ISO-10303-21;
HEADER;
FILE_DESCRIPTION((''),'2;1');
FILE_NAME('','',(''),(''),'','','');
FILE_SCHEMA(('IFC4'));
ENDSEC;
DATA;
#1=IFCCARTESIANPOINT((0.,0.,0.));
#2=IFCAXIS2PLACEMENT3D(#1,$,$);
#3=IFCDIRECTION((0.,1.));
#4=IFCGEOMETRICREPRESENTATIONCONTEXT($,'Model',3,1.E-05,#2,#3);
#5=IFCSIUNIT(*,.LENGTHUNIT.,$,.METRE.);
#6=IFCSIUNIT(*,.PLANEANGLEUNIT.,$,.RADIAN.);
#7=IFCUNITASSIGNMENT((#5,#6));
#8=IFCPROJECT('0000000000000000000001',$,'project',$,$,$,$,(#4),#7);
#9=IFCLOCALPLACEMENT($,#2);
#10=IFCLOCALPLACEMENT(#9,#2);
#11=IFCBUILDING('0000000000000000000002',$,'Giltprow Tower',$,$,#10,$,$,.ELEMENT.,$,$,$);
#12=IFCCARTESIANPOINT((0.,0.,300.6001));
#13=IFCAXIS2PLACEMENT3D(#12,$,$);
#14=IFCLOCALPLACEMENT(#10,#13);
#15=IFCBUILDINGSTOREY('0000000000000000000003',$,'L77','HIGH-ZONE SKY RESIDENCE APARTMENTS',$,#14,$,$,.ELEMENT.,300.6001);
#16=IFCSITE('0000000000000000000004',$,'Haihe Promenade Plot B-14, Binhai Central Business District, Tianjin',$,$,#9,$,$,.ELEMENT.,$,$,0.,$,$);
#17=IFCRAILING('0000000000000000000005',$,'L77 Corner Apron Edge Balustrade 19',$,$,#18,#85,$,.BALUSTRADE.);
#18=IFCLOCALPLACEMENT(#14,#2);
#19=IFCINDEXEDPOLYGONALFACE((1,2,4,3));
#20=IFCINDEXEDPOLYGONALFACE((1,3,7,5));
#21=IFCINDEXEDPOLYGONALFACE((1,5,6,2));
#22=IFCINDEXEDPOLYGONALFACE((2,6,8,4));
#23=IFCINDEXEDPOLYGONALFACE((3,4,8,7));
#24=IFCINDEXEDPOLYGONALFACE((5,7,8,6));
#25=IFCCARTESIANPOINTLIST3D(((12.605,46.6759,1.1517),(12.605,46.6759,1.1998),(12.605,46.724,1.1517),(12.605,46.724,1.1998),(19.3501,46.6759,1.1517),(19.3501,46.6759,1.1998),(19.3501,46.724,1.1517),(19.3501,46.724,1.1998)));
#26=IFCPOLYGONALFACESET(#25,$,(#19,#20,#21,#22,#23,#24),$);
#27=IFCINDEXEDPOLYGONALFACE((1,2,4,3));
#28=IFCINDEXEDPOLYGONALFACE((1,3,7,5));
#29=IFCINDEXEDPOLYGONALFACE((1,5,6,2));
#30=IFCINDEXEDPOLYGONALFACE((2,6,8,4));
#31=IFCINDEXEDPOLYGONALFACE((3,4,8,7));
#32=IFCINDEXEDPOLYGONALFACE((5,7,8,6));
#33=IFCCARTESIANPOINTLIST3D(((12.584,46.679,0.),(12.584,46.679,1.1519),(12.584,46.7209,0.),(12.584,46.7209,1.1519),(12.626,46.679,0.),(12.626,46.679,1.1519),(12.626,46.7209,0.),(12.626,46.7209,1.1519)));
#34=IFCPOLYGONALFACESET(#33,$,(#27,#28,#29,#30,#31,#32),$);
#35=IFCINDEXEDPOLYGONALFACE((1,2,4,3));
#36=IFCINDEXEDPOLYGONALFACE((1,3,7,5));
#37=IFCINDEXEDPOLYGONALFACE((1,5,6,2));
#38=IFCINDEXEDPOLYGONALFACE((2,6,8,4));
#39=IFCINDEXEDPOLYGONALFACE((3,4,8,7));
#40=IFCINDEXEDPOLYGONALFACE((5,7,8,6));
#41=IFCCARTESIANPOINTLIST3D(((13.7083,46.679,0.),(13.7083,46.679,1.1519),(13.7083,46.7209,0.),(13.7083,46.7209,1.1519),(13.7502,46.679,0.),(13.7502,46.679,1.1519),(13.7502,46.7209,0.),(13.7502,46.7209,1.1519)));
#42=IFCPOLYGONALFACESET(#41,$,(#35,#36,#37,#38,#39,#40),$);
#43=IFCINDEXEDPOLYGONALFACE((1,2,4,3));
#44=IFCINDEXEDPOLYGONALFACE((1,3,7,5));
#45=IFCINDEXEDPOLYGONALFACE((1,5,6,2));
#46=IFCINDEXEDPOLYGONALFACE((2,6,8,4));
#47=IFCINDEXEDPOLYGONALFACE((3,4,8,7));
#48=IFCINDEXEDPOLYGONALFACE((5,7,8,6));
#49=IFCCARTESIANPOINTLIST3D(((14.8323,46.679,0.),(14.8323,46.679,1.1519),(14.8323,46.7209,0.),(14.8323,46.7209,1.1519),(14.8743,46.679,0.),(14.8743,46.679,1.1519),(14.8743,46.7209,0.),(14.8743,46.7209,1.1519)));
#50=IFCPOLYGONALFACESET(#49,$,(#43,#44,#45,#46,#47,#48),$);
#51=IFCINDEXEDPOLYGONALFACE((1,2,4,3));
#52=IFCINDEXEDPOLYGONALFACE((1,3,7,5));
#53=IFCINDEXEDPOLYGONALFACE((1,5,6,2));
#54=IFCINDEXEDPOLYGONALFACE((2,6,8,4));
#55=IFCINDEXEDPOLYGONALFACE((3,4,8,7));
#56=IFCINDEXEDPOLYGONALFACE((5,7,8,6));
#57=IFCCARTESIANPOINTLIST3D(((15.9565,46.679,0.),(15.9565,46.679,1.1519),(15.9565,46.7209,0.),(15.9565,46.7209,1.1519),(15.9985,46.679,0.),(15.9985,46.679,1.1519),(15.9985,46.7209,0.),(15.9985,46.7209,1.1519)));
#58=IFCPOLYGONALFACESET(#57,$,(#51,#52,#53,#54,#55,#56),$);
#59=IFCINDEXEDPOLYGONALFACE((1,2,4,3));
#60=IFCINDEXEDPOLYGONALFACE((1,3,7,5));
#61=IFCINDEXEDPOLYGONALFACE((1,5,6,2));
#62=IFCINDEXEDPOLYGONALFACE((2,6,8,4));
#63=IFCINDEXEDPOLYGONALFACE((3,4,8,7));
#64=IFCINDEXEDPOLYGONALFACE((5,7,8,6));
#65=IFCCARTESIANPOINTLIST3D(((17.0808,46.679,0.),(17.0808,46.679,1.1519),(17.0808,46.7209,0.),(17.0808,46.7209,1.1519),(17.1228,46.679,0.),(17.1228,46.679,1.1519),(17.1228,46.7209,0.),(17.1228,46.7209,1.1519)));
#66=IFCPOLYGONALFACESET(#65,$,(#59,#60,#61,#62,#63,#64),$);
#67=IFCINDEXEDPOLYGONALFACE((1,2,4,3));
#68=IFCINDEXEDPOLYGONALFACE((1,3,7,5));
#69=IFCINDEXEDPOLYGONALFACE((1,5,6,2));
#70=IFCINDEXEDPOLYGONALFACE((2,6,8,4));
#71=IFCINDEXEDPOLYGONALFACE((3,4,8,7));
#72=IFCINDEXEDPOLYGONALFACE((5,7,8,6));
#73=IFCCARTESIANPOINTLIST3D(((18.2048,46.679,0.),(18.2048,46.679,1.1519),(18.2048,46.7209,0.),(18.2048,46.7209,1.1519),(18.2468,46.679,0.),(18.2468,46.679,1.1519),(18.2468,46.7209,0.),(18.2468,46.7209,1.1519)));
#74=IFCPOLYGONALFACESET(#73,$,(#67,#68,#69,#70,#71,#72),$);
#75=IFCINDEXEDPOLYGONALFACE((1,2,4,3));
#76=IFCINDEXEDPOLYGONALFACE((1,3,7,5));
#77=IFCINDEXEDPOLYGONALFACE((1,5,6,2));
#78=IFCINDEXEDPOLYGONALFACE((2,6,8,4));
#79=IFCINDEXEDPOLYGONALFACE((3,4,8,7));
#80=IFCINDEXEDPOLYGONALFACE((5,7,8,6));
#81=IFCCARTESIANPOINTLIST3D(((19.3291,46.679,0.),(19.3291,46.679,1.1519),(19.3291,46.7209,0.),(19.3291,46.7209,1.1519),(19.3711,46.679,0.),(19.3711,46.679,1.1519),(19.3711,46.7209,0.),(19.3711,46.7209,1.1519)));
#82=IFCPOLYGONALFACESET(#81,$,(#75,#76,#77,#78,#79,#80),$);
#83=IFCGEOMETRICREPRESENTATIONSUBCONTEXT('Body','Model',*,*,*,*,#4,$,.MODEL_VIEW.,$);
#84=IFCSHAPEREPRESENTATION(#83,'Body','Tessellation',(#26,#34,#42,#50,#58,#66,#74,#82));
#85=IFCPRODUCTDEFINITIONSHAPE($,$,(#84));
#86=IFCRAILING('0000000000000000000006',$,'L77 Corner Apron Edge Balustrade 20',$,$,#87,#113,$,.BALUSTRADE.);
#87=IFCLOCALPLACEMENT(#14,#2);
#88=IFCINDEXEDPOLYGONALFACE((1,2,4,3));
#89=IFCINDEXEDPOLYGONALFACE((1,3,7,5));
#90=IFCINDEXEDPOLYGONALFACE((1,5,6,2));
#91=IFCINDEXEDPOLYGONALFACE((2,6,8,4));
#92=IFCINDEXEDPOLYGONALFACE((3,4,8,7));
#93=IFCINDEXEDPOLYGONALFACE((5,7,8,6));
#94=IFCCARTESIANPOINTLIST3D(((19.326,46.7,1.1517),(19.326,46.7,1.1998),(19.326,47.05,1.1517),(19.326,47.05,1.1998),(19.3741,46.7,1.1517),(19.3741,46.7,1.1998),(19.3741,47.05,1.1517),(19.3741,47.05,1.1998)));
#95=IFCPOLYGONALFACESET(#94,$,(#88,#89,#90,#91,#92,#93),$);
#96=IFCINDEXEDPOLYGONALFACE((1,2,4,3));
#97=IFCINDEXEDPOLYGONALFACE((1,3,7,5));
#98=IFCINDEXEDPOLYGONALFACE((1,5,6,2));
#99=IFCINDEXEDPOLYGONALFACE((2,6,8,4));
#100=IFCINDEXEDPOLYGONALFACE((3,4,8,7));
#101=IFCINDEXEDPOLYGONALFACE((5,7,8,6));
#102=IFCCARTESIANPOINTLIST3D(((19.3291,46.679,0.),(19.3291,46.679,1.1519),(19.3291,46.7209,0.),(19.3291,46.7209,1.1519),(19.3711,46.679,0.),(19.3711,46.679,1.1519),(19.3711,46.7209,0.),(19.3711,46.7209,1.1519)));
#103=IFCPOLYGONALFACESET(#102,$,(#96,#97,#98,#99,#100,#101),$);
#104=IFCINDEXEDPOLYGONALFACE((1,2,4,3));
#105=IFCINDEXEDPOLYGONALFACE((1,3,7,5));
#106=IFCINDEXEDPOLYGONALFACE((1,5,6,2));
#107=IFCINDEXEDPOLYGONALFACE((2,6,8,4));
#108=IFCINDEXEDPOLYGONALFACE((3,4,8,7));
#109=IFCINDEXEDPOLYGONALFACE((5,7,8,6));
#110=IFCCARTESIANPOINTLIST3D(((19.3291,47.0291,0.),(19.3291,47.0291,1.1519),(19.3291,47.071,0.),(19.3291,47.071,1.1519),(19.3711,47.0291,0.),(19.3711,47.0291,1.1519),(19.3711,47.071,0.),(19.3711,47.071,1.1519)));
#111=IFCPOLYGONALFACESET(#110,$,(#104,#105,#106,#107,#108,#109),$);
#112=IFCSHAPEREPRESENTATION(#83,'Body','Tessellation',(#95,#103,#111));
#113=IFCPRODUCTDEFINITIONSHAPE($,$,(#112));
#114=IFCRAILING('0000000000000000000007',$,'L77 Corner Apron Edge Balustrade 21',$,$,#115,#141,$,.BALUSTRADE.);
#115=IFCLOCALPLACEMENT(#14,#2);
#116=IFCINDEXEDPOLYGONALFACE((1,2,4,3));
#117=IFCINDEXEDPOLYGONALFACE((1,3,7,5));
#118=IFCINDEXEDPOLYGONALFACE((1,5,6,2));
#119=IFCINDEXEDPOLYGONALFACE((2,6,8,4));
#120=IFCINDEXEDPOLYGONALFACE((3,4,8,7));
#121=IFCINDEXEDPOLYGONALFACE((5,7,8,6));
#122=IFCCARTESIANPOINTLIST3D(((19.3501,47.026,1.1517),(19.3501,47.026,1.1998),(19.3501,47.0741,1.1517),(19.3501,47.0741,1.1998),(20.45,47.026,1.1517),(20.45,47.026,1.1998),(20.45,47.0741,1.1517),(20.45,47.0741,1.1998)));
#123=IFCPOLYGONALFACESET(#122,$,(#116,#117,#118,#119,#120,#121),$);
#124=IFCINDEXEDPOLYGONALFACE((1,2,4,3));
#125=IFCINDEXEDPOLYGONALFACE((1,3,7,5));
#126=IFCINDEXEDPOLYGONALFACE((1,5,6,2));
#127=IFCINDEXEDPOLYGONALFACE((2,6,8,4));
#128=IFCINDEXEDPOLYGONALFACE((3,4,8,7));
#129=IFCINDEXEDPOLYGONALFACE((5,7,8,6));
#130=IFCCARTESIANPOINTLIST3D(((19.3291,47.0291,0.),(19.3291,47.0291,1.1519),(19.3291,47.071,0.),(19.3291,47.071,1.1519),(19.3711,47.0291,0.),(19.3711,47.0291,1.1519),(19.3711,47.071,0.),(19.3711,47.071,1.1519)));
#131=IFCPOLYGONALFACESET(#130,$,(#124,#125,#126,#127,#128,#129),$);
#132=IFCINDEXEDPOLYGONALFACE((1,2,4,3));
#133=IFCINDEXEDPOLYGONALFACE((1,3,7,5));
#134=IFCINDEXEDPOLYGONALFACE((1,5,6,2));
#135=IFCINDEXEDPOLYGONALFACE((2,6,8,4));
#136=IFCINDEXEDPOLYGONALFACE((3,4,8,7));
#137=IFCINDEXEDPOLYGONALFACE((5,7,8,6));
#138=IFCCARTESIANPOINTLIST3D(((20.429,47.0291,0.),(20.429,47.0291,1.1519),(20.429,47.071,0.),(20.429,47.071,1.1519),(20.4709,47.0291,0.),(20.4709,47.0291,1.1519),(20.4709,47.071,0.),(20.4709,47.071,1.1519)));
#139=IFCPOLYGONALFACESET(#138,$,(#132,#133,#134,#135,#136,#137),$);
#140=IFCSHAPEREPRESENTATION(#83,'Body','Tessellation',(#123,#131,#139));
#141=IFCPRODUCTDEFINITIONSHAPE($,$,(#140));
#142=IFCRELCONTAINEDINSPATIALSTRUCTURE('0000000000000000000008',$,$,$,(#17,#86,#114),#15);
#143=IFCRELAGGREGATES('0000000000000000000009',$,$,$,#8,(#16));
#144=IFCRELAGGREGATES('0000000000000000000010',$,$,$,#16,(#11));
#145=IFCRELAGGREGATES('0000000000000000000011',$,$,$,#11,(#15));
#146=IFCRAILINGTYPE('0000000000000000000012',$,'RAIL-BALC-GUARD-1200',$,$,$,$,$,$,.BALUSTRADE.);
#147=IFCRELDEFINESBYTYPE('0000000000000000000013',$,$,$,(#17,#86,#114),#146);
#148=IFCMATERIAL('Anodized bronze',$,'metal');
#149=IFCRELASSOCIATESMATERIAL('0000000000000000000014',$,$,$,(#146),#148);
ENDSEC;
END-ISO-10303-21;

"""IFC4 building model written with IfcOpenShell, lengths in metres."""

from ifc_helpers import new_model, si_unit, direction, frame, origin, origin_2d, place, context, subcontext, project, spatial, rectangle, extrude, material, type_object, element, save


model = new_model("IFC4")

# Units and contexts
model_context = context("Model", 3, precision=1e-05, world=origin(), true_north=direction((0.0, 1.0)))
body_context = subcontext(model_context, "Body", "Model", "MODEL_VIEW")
ifc_project = project(units=[si_unit("LENGTHUNIT", "METRE"), si_unit("PLANEANGLEUNIT", "RADIAN")], contexts=[model_context])

# Site, building, storey
site_placement = place(None, origin())
site = spatial("IfcSite", under=ifc_project, at=site_placement, Name="Haihe Promenade Plot B-14, Binhai Central Business District, Tianjin", CompositionType="ELEMENT", RefElevation=0.0)
building_placement = place(site_placement, origin())
building = spatial("IfcBuilding", under=site, at=building_placement, Name="Giltprow Tower", CompositionType="ELEMENT")
storey_placement = place(building_placement, frame((0.0, 0.0, 300.6001)))
storey = spatial("IfcBuildingStorey", under=building, at=storey_placement, Name="L77", Description="HIGH-ZONE SKY RESIDENCE APARTMENTS", CompositionType="ELEMENT", Elevation=300.6001)

# Railings
ifc_material_1 = material(Name="Anodized bronze", Category="metal")
railing_type = type_object("IfcRailingType", Name="RAIL-BALC-GUARD-1200", PredefinedType="BALUSTRADE", material=ifc_material_1)
railing_1_placement = place(storey_placement, frame((12.605, 46.7, 0.0)))
element("IfcRailing", 1, at=railing_1_placement, inside=storey, type_object=railing_type, Name="L77 Corner Apron Edge Balustrade 19", PredefinedType="BALUSTRADE", context=body_context, shape_type="SweptSolid", body=[
    extrude(rectangle(XDim=0.0481, YDim=0.0481, at=origin_2d()), frame((0.0, 0.0, 1.1758), z_axis=(1.0, 0.0, 0.0), x_axis=(0.0, 1.0, 0.0)), (0.0, 0.0, 1.0), 6.7451),
    extrude(rectangle(XDim=0.042, YDim=0.042, at=origin_2d()), origin(), (0.0, 0.0, 1.0), 1.1519),
    extrude(rectangle(XDim=0.042, YDim=0.042, at=origin_2d()), frame((1.1243, 0.0, 0.0)), (0.0, 0.0, 1.0), 1.1519),
    extrude(rectangle(XDim=0.042, YDim=0.042, at=origin_2d()), frame((2.2483, 0.0, 0.0)), (0.0, 0.0, 1.0), 1.1519),
    extrude(rectangle(XDim=0.042, YDim=0.042, at=origin_2d()), frame((3.3726, 0.0, 0.0)), (0.0, 0.0, 1.0), 1.1519),
    extrude(rectangle(XDim=0.042, YDim=0.042, at=origin_2d()), frame((4.4968, 0.0, 0.0)), (0.0, 0.0, 1.0), 1.1519),
    extrude(rectangle(XDim=0.042, YDim=0.042, at=origin_2d()), frame((5.6208, 0.0, 0.0)), (0.0, 0.0, 1.0), 1.1519),
    extrude(rectangle(XDim=0.042, YDim=0.042, at=origin_2d()), frame((6.7451, 0.0, 0.0)), (0.0, 0.0, 1.0), 1.1519),
])
railing_2_placement = place(storey_placement, frame((19.3501, 46.7, 0.0)))
element("IfcRailing", 2, at=railing_2_placement, inside=storey, type_object=railing_type, Name="L77 Corner Apron Edge Balustrade 20", PredefinedType="BALUSTRADE", context=body_context, shape_type="SweptSolid", body=[
    extrude(rectangle(XDim=0.0481, YDim=0.0481, at=origin_2d()), frame((0.0, 0.0, 1.1758), z_axis=(0.0, 1.0, 0.0), x_axis=(-1.0, 0.0, 0.0)), (0.0, 0.0, 1.0), 0.3501),
    extrude(rectangle(XDim=0.042, YDim=0.042, at=origin_2d()), origin(), (0.0, 0.0, 1.0), 1.1519),
    extrude(rectangle(XDim=0.042, YDim=0.042, at=origin_2d()), frame((0.0, 0.3501, 0.0)), (0.0, 0.0, 1.0), 1.1519),
])
railing_3_placement = place(storey_placement, frame((19.3501, 47.05, 0.0)))
element("IfcRailing", 3, at=railing_3_placement, inside=storey, type_object=railing_type, Name="L77 Corner Apron Edge Balustrade 21", PredefinedType="BALUSTRADE", context=body_context, shape_type="SweptSolid", body=[
    extrude(rectangle(XDim=0.0481, YDim=0.0481, at=origin_2d()), frame((0.0, 0.0, 1.1758), z_axis=(1.0, 0.0, 0.0), x_axis=(0.0, 1.0, 0.0)), (0.0, 0.0, 1.0), 1.0999),
    extrude(rectangle(XDim=0.042, YDim=0.042, at=origin_2d()), origin(), (0.0, 0.0, 1.0), 1.1519),
    extrude(rectangle(XDim=0.042, YDim=0.042, at=origin_2d()), frame((1.0999, 0.0, 0.0)), (0.0, 0.0, 1.0), 1.1519),
])

save(model, "model.ifc")
